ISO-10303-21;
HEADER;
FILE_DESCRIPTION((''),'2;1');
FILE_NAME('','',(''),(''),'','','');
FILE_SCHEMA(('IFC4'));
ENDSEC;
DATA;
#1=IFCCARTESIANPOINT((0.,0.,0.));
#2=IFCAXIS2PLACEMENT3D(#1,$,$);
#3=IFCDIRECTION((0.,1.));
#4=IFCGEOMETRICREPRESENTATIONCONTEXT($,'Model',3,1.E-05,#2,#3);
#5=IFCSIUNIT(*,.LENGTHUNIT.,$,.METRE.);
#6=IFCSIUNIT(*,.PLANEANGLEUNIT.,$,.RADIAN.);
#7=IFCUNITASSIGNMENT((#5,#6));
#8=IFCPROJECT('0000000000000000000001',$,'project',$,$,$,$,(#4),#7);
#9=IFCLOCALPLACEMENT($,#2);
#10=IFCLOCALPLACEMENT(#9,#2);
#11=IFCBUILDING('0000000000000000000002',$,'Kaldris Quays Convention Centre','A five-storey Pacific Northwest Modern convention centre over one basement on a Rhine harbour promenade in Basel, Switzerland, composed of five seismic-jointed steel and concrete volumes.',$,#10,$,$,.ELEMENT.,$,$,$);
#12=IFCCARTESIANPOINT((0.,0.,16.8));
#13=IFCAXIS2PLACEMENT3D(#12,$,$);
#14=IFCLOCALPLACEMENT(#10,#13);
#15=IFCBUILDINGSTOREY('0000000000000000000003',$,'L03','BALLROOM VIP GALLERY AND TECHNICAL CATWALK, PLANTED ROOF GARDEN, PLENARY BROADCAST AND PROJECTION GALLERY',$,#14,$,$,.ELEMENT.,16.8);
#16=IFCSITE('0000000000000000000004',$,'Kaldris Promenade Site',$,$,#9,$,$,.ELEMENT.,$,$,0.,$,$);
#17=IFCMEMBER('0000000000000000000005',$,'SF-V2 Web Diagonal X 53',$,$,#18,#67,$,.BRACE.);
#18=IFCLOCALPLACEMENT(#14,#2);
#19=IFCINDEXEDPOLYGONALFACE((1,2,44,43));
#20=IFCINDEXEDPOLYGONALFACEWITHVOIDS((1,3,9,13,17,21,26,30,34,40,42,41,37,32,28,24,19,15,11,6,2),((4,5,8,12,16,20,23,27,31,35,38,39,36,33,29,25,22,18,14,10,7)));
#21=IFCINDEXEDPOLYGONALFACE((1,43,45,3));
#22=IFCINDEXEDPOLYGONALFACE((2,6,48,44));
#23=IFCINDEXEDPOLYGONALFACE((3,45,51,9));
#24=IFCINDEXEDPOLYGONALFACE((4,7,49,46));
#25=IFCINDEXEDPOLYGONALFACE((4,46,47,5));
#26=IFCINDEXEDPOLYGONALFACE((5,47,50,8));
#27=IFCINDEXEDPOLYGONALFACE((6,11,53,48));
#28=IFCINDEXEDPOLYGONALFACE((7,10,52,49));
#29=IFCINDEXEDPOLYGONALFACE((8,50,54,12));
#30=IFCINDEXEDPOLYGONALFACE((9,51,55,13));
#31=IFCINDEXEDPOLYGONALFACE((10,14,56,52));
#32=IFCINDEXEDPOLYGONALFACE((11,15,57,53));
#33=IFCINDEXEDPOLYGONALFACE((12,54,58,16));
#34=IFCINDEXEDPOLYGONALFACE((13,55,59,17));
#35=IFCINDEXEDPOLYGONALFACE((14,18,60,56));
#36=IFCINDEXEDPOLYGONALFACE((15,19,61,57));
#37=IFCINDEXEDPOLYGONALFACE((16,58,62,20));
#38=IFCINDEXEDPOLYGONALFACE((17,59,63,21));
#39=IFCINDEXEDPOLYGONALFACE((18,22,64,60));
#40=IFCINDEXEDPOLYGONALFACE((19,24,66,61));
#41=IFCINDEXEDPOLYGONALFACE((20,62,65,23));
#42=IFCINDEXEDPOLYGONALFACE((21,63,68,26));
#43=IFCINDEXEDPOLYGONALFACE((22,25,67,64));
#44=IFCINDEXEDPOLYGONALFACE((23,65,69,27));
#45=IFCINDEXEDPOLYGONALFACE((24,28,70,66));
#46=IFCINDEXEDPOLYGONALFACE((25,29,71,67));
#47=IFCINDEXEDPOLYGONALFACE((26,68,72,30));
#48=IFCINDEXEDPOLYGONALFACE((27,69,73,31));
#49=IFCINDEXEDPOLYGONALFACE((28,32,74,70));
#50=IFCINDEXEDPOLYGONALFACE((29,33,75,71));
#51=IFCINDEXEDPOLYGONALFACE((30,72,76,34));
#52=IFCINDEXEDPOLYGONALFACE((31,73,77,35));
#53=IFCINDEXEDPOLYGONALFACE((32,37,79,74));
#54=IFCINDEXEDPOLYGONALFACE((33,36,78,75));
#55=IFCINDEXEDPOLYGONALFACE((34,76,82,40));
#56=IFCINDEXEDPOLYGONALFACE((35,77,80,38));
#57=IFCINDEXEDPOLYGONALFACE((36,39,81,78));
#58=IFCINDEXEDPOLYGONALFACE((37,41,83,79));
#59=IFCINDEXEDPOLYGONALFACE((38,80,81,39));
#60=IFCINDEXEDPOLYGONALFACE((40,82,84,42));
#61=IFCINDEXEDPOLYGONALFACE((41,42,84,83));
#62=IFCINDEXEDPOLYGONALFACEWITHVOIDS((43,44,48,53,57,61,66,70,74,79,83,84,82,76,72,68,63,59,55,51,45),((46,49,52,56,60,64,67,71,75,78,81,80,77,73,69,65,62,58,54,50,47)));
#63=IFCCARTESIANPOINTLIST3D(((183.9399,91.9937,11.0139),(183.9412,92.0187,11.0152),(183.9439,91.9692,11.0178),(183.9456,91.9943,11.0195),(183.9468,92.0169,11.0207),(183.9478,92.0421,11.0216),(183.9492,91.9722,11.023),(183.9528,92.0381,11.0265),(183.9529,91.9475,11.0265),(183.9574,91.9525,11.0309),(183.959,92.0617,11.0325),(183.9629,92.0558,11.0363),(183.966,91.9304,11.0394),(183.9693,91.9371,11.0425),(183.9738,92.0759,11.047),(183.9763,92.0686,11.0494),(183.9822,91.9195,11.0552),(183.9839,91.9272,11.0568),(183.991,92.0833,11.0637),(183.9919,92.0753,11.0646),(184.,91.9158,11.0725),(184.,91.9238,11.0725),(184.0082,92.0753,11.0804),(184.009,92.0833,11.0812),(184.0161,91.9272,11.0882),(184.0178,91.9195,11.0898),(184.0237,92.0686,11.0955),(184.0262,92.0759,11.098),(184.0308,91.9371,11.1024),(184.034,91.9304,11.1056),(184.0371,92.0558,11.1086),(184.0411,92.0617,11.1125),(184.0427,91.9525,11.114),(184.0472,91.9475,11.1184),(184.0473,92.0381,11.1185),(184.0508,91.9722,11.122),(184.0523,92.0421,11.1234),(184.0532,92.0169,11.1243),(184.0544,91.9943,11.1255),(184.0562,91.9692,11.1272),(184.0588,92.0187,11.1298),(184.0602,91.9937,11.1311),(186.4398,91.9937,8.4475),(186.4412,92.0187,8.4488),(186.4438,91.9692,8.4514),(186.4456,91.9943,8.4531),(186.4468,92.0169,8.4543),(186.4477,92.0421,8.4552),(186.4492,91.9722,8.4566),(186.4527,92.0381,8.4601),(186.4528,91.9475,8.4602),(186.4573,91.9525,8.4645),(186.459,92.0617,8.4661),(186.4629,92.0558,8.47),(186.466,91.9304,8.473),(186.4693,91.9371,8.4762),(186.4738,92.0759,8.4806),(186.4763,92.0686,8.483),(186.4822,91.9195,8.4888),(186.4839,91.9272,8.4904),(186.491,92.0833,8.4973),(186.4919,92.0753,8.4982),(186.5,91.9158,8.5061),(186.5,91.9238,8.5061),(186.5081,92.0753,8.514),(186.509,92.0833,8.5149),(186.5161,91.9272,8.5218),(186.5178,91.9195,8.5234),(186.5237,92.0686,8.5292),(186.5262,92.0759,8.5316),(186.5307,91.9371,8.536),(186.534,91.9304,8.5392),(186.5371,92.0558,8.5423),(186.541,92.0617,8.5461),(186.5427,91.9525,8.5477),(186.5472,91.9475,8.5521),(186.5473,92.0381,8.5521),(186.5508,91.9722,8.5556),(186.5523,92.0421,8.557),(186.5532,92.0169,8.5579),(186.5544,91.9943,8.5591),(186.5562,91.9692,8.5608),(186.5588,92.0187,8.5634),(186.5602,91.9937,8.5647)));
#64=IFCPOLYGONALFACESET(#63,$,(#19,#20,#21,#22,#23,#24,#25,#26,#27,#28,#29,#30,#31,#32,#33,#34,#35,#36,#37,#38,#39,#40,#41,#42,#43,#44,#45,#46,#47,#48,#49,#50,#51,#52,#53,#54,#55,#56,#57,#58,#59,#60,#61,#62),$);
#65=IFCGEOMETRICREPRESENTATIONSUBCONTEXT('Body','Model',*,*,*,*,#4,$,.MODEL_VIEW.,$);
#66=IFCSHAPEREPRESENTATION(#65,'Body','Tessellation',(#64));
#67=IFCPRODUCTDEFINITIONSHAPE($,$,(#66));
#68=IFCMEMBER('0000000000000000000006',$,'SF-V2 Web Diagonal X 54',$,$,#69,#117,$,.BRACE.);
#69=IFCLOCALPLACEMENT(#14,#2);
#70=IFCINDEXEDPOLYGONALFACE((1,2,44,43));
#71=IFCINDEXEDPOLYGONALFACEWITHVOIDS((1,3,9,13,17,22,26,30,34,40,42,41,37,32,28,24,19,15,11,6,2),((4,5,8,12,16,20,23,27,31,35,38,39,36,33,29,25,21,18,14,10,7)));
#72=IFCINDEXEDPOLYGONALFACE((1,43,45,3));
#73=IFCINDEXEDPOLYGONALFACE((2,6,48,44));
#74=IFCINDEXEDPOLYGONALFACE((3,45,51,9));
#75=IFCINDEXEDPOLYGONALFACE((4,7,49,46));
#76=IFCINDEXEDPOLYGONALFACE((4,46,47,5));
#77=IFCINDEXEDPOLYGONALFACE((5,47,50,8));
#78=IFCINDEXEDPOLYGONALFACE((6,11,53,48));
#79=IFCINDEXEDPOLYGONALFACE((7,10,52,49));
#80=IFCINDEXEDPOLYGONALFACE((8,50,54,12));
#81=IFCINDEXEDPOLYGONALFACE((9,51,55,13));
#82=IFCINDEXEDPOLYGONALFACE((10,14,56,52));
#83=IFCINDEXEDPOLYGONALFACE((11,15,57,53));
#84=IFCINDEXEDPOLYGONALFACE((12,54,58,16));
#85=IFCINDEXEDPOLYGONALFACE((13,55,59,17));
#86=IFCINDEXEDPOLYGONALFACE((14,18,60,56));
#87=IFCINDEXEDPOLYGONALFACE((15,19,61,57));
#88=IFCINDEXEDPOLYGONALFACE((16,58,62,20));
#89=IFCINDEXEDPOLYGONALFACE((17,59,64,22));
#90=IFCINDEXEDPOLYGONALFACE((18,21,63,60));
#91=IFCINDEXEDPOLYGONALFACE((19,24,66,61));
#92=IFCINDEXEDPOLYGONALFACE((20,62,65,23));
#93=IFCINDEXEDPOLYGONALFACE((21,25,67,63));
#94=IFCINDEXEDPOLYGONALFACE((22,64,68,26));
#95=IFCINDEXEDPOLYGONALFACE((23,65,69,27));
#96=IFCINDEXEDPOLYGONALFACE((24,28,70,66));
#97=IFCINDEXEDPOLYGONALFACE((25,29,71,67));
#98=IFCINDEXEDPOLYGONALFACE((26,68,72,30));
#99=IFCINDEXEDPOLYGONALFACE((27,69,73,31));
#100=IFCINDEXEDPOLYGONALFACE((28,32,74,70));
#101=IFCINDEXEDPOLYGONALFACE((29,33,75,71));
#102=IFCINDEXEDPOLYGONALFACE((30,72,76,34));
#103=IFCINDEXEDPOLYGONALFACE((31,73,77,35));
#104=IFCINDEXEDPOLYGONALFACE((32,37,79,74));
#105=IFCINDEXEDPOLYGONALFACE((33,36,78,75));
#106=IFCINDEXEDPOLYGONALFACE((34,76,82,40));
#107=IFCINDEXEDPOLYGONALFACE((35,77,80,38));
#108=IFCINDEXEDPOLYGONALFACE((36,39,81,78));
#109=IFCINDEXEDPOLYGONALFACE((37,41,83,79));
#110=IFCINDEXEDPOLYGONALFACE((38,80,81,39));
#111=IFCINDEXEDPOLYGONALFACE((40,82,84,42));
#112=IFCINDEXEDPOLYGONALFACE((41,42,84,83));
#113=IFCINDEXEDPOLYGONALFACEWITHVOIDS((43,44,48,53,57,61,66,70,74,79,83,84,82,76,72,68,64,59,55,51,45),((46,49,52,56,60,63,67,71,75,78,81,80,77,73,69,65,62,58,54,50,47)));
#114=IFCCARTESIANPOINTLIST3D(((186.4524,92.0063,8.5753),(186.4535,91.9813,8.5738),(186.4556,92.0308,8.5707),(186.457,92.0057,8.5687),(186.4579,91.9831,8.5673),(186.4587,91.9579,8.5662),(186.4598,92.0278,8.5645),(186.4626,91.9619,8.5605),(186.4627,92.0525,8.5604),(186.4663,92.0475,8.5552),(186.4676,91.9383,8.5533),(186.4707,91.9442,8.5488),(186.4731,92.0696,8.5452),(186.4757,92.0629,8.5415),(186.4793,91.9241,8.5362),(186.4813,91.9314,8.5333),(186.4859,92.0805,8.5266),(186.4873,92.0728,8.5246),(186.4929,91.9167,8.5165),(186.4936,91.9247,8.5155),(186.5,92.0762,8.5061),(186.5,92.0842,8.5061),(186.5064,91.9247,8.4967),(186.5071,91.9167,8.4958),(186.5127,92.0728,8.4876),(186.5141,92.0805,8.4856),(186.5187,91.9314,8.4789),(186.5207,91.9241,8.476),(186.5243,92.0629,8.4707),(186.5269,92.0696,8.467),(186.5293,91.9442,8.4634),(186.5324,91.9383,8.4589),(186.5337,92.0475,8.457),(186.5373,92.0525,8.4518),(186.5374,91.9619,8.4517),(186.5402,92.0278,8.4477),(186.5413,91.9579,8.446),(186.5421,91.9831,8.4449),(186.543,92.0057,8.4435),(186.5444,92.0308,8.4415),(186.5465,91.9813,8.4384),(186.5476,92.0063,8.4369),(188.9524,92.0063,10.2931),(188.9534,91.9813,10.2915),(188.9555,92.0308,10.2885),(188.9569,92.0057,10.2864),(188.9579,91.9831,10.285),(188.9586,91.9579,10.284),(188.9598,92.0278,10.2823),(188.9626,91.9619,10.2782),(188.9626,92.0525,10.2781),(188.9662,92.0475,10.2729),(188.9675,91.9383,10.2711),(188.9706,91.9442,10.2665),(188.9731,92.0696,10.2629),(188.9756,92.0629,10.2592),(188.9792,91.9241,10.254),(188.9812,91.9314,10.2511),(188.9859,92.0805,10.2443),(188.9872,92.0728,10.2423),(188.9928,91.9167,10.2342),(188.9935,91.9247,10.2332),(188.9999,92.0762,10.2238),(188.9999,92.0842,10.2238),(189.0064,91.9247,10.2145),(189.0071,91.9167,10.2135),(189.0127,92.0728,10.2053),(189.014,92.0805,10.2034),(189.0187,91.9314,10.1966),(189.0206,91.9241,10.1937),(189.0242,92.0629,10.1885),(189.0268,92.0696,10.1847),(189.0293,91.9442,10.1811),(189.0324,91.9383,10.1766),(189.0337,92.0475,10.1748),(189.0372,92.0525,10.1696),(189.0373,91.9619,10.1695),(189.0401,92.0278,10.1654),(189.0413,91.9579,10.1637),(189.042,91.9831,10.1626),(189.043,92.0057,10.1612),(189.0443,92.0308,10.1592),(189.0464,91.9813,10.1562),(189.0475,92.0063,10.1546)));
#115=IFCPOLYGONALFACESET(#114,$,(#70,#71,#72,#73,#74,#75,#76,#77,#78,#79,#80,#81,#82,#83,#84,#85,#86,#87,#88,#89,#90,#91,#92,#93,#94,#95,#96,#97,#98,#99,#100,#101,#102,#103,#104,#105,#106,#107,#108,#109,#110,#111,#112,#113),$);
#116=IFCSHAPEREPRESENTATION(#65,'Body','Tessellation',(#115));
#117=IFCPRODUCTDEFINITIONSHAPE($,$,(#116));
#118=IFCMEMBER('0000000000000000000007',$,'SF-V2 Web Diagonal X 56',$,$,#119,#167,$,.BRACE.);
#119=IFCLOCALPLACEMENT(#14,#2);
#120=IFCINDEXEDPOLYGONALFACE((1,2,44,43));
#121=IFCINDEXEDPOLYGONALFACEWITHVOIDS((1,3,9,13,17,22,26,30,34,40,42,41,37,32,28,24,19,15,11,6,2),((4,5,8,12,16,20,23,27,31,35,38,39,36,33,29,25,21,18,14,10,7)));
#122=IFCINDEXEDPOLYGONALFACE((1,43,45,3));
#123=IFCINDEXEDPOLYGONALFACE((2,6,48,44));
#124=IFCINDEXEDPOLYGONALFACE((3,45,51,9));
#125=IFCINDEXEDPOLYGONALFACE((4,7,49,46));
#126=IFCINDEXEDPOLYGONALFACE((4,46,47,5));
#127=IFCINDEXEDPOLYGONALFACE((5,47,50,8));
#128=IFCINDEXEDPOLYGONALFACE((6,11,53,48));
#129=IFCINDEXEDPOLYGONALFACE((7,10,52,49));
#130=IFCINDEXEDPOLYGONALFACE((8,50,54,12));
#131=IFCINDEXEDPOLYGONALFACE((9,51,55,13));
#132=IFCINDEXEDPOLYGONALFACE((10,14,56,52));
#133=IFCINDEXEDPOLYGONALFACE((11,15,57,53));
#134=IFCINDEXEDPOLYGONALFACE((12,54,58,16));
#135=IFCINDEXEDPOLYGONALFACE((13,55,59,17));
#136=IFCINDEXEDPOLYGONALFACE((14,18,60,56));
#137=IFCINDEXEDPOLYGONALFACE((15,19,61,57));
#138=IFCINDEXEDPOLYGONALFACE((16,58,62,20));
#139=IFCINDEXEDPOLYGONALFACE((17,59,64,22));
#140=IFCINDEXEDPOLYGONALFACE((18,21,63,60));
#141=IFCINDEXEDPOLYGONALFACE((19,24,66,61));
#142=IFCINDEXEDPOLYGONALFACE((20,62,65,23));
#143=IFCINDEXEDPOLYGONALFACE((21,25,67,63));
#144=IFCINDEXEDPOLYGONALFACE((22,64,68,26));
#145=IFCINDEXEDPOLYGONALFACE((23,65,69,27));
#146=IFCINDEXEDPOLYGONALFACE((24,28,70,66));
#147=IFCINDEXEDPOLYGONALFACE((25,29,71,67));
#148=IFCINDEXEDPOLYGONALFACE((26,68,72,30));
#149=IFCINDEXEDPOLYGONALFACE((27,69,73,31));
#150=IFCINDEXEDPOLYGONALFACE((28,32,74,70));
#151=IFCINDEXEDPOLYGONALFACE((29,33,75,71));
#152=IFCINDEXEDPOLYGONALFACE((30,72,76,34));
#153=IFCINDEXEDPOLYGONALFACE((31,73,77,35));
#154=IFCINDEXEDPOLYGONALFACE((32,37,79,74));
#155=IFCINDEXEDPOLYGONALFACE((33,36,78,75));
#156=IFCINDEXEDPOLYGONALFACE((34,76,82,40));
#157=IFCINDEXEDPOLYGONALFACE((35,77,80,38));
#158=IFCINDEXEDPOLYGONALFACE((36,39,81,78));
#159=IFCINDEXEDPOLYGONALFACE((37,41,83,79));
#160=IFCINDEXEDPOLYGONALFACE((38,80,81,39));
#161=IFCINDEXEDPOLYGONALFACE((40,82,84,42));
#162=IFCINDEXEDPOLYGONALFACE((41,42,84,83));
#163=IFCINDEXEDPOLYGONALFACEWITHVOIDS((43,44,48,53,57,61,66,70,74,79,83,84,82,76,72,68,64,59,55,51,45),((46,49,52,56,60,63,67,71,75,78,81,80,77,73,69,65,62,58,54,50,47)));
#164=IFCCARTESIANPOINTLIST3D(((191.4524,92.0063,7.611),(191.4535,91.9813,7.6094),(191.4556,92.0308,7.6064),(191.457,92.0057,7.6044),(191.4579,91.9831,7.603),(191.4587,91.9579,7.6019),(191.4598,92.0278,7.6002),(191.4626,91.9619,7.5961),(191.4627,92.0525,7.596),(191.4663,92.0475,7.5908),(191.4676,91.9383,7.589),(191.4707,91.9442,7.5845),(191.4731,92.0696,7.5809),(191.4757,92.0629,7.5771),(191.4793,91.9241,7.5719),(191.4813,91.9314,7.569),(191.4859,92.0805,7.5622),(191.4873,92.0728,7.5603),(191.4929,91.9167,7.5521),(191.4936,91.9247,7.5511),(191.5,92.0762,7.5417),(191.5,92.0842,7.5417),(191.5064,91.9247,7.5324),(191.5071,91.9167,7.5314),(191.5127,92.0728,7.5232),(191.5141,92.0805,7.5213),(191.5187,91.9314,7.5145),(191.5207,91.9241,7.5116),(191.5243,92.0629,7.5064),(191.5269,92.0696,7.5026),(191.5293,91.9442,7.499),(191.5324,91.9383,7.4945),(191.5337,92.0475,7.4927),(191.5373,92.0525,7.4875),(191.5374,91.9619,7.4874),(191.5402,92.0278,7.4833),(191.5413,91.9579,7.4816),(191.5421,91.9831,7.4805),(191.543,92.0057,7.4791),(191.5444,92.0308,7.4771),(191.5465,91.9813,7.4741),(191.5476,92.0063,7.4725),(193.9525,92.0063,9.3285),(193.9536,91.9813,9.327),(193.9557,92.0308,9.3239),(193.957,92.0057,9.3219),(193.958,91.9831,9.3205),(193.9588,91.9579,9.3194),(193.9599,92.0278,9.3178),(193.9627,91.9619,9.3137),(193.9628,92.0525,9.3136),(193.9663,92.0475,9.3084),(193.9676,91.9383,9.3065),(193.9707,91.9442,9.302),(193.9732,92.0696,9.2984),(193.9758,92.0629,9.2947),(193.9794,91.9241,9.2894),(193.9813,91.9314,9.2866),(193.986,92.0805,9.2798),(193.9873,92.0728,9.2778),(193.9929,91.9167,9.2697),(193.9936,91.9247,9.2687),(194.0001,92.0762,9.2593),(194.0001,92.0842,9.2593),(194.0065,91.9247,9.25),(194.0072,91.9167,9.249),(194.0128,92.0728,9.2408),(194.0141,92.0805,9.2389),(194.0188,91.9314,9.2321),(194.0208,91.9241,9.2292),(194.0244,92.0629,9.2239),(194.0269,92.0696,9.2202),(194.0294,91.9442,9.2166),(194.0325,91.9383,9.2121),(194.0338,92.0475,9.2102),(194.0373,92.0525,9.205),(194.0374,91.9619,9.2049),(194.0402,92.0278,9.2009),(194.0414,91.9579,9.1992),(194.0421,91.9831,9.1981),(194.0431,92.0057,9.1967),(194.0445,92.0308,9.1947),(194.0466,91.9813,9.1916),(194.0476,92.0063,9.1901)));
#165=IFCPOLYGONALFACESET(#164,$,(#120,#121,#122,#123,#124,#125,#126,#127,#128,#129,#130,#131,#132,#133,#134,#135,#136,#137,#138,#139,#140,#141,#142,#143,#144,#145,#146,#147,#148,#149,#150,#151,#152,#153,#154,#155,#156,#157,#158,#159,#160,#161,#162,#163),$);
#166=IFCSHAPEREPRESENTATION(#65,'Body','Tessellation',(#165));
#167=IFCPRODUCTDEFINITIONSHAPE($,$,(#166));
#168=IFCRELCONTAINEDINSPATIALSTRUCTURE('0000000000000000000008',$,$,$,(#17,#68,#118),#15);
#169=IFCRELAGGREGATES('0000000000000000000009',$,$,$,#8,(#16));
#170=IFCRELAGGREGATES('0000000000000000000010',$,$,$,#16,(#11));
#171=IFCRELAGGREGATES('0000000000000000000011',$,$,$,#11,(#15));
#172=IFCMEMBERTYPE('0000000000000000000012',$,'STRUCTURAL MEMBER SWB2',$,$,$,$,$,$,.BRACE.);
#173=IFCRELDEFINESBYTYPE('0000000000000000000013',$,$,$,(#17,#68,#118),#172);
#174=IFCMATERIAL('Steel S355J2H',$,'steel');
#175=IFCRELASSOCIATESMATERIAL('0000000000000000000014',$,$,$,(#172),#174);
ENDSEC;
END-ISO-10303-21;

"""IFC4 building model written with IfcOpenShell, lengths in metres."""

from ifc_helpers import new_model, si_unit, direction, frame, origin, origin_2d, place, context, subcontext, project, spatial, hollow_circle, extrude, material, material_profile, profile_set, type_object, element, save


model = new_model("IFC4")

# Units and contexts
model_context = context("Model", 3, precision=1e-05, world=origin(), true_north=direction((0.0, 1.0)))
body_context = subcontext(model_context, "Body", "Model", "MODEL_VIEW")
ifc_project = project(units=[si_unit("LENGTHUNIT", "METRE"), si_unit("PLANEANGLEUNIT", "RADIAN")], contexts=[model_context])

# Site, building, storey
site_placement = place(None, origin())
site = spatial("IfcSite", under=ifc_project, at=site_placement, Name="Kaldris Promenade Site", CompositionType="ELEMENT", RefElevation=0.0)
building_placement = place(site_placement, origin())
building = spatial("IfcBuilding", under=site, at=building_placement, Name="Kaldris Quays Convention Centre", Description="A five-storey Pacific Northwest Modern convention centre over one basement on a Rhine harbour promenade in Basel, Switzerland, composed of five seismic-jointed steel and concrete volumes.", CompositionType="ELEMENT")
storey_placement = place(building_placement, frame((0.0, 0.0, 16.8)))
storey = spatial("IfcBuildingStorey", under=building, at=storey_placement, Name="L03", Description="BALLROOM VIP GALLERY AND TECHNICAL CATWALK, PLANTED ROOF GARDEN, PLENARY BROADCAST AND PROJECTION GALLERY", CompositionType="ELEMENT", Elevation=16.8)

# Members
ifc_material_1 = material(Name="Steel S355J2H", Category="steel")
ifc_material_profile_1 = material_profile(ifc_material_1, hollow_circle(Radius=0.0842, WallThickness=0.0081, at=origin_2d()), Name="CHS 168.3x8")
ifc_profile_set_1 = profile_set([ifc_material_profile_1], Name="Steel S355J2H")
member_type_1 = type_object("IfcMemberType", Name="STRUCTURAL MEMBER SWB2", PredefinedType="BRACE", material=ifc_profile_set_1)
member_1_placement = place(storey_placement, frame((186.5, 92.0, 8.5061), z_axis=(-0.697779, 0.0, 0.716313), x_axis=(0.0, -1.0, 0.0)))
element("IfcMember", 1, at=member_1_placement, inside=storey, type_object=member_type_1, Name="SF-V2 Web Diagonal X 53", PredefinedType="BRACE", context=body_context, shape_type="SweptSolid", body=[
    extrude(hollow_circle(Radius=0.0842, WallThickness=0.0081, at=origin_2d()), origin(), (0.0, 0.0, 1.0), 3.5828),
])
for number, where, z_axis, x_axis, name in (
    (2, (186.5, 92.0, 8.5061), (0.824192, 0.0, 0.56631), (0.0, 1.0, 0.0), "SF-V2 Web Diagonal X 54"),
    (3, (191.5, 92.0, 7.5417), (0.82423, 0.0, 0.566256), (0.0, 1.0, 0.0), "SF-V2 Web Diagonal X 56"),
):
    element("IfcMember", number, at=place(storey_placement, frame(where, z_axis=z_axis, x_axis=x_axis)), inside=storey, type_object=member_type_1, Name=name, PredefinedType="BRACE", context=body_context, shape_type="SweptSolid", body=[
        extrude(hollow_circle(Radius=0.0842, WallThickness=0.0081, at=origin_2d()), origin(), (0.0, 0.0, 1.0), 3.0332),
    ])

save(model, "model.ifc")
